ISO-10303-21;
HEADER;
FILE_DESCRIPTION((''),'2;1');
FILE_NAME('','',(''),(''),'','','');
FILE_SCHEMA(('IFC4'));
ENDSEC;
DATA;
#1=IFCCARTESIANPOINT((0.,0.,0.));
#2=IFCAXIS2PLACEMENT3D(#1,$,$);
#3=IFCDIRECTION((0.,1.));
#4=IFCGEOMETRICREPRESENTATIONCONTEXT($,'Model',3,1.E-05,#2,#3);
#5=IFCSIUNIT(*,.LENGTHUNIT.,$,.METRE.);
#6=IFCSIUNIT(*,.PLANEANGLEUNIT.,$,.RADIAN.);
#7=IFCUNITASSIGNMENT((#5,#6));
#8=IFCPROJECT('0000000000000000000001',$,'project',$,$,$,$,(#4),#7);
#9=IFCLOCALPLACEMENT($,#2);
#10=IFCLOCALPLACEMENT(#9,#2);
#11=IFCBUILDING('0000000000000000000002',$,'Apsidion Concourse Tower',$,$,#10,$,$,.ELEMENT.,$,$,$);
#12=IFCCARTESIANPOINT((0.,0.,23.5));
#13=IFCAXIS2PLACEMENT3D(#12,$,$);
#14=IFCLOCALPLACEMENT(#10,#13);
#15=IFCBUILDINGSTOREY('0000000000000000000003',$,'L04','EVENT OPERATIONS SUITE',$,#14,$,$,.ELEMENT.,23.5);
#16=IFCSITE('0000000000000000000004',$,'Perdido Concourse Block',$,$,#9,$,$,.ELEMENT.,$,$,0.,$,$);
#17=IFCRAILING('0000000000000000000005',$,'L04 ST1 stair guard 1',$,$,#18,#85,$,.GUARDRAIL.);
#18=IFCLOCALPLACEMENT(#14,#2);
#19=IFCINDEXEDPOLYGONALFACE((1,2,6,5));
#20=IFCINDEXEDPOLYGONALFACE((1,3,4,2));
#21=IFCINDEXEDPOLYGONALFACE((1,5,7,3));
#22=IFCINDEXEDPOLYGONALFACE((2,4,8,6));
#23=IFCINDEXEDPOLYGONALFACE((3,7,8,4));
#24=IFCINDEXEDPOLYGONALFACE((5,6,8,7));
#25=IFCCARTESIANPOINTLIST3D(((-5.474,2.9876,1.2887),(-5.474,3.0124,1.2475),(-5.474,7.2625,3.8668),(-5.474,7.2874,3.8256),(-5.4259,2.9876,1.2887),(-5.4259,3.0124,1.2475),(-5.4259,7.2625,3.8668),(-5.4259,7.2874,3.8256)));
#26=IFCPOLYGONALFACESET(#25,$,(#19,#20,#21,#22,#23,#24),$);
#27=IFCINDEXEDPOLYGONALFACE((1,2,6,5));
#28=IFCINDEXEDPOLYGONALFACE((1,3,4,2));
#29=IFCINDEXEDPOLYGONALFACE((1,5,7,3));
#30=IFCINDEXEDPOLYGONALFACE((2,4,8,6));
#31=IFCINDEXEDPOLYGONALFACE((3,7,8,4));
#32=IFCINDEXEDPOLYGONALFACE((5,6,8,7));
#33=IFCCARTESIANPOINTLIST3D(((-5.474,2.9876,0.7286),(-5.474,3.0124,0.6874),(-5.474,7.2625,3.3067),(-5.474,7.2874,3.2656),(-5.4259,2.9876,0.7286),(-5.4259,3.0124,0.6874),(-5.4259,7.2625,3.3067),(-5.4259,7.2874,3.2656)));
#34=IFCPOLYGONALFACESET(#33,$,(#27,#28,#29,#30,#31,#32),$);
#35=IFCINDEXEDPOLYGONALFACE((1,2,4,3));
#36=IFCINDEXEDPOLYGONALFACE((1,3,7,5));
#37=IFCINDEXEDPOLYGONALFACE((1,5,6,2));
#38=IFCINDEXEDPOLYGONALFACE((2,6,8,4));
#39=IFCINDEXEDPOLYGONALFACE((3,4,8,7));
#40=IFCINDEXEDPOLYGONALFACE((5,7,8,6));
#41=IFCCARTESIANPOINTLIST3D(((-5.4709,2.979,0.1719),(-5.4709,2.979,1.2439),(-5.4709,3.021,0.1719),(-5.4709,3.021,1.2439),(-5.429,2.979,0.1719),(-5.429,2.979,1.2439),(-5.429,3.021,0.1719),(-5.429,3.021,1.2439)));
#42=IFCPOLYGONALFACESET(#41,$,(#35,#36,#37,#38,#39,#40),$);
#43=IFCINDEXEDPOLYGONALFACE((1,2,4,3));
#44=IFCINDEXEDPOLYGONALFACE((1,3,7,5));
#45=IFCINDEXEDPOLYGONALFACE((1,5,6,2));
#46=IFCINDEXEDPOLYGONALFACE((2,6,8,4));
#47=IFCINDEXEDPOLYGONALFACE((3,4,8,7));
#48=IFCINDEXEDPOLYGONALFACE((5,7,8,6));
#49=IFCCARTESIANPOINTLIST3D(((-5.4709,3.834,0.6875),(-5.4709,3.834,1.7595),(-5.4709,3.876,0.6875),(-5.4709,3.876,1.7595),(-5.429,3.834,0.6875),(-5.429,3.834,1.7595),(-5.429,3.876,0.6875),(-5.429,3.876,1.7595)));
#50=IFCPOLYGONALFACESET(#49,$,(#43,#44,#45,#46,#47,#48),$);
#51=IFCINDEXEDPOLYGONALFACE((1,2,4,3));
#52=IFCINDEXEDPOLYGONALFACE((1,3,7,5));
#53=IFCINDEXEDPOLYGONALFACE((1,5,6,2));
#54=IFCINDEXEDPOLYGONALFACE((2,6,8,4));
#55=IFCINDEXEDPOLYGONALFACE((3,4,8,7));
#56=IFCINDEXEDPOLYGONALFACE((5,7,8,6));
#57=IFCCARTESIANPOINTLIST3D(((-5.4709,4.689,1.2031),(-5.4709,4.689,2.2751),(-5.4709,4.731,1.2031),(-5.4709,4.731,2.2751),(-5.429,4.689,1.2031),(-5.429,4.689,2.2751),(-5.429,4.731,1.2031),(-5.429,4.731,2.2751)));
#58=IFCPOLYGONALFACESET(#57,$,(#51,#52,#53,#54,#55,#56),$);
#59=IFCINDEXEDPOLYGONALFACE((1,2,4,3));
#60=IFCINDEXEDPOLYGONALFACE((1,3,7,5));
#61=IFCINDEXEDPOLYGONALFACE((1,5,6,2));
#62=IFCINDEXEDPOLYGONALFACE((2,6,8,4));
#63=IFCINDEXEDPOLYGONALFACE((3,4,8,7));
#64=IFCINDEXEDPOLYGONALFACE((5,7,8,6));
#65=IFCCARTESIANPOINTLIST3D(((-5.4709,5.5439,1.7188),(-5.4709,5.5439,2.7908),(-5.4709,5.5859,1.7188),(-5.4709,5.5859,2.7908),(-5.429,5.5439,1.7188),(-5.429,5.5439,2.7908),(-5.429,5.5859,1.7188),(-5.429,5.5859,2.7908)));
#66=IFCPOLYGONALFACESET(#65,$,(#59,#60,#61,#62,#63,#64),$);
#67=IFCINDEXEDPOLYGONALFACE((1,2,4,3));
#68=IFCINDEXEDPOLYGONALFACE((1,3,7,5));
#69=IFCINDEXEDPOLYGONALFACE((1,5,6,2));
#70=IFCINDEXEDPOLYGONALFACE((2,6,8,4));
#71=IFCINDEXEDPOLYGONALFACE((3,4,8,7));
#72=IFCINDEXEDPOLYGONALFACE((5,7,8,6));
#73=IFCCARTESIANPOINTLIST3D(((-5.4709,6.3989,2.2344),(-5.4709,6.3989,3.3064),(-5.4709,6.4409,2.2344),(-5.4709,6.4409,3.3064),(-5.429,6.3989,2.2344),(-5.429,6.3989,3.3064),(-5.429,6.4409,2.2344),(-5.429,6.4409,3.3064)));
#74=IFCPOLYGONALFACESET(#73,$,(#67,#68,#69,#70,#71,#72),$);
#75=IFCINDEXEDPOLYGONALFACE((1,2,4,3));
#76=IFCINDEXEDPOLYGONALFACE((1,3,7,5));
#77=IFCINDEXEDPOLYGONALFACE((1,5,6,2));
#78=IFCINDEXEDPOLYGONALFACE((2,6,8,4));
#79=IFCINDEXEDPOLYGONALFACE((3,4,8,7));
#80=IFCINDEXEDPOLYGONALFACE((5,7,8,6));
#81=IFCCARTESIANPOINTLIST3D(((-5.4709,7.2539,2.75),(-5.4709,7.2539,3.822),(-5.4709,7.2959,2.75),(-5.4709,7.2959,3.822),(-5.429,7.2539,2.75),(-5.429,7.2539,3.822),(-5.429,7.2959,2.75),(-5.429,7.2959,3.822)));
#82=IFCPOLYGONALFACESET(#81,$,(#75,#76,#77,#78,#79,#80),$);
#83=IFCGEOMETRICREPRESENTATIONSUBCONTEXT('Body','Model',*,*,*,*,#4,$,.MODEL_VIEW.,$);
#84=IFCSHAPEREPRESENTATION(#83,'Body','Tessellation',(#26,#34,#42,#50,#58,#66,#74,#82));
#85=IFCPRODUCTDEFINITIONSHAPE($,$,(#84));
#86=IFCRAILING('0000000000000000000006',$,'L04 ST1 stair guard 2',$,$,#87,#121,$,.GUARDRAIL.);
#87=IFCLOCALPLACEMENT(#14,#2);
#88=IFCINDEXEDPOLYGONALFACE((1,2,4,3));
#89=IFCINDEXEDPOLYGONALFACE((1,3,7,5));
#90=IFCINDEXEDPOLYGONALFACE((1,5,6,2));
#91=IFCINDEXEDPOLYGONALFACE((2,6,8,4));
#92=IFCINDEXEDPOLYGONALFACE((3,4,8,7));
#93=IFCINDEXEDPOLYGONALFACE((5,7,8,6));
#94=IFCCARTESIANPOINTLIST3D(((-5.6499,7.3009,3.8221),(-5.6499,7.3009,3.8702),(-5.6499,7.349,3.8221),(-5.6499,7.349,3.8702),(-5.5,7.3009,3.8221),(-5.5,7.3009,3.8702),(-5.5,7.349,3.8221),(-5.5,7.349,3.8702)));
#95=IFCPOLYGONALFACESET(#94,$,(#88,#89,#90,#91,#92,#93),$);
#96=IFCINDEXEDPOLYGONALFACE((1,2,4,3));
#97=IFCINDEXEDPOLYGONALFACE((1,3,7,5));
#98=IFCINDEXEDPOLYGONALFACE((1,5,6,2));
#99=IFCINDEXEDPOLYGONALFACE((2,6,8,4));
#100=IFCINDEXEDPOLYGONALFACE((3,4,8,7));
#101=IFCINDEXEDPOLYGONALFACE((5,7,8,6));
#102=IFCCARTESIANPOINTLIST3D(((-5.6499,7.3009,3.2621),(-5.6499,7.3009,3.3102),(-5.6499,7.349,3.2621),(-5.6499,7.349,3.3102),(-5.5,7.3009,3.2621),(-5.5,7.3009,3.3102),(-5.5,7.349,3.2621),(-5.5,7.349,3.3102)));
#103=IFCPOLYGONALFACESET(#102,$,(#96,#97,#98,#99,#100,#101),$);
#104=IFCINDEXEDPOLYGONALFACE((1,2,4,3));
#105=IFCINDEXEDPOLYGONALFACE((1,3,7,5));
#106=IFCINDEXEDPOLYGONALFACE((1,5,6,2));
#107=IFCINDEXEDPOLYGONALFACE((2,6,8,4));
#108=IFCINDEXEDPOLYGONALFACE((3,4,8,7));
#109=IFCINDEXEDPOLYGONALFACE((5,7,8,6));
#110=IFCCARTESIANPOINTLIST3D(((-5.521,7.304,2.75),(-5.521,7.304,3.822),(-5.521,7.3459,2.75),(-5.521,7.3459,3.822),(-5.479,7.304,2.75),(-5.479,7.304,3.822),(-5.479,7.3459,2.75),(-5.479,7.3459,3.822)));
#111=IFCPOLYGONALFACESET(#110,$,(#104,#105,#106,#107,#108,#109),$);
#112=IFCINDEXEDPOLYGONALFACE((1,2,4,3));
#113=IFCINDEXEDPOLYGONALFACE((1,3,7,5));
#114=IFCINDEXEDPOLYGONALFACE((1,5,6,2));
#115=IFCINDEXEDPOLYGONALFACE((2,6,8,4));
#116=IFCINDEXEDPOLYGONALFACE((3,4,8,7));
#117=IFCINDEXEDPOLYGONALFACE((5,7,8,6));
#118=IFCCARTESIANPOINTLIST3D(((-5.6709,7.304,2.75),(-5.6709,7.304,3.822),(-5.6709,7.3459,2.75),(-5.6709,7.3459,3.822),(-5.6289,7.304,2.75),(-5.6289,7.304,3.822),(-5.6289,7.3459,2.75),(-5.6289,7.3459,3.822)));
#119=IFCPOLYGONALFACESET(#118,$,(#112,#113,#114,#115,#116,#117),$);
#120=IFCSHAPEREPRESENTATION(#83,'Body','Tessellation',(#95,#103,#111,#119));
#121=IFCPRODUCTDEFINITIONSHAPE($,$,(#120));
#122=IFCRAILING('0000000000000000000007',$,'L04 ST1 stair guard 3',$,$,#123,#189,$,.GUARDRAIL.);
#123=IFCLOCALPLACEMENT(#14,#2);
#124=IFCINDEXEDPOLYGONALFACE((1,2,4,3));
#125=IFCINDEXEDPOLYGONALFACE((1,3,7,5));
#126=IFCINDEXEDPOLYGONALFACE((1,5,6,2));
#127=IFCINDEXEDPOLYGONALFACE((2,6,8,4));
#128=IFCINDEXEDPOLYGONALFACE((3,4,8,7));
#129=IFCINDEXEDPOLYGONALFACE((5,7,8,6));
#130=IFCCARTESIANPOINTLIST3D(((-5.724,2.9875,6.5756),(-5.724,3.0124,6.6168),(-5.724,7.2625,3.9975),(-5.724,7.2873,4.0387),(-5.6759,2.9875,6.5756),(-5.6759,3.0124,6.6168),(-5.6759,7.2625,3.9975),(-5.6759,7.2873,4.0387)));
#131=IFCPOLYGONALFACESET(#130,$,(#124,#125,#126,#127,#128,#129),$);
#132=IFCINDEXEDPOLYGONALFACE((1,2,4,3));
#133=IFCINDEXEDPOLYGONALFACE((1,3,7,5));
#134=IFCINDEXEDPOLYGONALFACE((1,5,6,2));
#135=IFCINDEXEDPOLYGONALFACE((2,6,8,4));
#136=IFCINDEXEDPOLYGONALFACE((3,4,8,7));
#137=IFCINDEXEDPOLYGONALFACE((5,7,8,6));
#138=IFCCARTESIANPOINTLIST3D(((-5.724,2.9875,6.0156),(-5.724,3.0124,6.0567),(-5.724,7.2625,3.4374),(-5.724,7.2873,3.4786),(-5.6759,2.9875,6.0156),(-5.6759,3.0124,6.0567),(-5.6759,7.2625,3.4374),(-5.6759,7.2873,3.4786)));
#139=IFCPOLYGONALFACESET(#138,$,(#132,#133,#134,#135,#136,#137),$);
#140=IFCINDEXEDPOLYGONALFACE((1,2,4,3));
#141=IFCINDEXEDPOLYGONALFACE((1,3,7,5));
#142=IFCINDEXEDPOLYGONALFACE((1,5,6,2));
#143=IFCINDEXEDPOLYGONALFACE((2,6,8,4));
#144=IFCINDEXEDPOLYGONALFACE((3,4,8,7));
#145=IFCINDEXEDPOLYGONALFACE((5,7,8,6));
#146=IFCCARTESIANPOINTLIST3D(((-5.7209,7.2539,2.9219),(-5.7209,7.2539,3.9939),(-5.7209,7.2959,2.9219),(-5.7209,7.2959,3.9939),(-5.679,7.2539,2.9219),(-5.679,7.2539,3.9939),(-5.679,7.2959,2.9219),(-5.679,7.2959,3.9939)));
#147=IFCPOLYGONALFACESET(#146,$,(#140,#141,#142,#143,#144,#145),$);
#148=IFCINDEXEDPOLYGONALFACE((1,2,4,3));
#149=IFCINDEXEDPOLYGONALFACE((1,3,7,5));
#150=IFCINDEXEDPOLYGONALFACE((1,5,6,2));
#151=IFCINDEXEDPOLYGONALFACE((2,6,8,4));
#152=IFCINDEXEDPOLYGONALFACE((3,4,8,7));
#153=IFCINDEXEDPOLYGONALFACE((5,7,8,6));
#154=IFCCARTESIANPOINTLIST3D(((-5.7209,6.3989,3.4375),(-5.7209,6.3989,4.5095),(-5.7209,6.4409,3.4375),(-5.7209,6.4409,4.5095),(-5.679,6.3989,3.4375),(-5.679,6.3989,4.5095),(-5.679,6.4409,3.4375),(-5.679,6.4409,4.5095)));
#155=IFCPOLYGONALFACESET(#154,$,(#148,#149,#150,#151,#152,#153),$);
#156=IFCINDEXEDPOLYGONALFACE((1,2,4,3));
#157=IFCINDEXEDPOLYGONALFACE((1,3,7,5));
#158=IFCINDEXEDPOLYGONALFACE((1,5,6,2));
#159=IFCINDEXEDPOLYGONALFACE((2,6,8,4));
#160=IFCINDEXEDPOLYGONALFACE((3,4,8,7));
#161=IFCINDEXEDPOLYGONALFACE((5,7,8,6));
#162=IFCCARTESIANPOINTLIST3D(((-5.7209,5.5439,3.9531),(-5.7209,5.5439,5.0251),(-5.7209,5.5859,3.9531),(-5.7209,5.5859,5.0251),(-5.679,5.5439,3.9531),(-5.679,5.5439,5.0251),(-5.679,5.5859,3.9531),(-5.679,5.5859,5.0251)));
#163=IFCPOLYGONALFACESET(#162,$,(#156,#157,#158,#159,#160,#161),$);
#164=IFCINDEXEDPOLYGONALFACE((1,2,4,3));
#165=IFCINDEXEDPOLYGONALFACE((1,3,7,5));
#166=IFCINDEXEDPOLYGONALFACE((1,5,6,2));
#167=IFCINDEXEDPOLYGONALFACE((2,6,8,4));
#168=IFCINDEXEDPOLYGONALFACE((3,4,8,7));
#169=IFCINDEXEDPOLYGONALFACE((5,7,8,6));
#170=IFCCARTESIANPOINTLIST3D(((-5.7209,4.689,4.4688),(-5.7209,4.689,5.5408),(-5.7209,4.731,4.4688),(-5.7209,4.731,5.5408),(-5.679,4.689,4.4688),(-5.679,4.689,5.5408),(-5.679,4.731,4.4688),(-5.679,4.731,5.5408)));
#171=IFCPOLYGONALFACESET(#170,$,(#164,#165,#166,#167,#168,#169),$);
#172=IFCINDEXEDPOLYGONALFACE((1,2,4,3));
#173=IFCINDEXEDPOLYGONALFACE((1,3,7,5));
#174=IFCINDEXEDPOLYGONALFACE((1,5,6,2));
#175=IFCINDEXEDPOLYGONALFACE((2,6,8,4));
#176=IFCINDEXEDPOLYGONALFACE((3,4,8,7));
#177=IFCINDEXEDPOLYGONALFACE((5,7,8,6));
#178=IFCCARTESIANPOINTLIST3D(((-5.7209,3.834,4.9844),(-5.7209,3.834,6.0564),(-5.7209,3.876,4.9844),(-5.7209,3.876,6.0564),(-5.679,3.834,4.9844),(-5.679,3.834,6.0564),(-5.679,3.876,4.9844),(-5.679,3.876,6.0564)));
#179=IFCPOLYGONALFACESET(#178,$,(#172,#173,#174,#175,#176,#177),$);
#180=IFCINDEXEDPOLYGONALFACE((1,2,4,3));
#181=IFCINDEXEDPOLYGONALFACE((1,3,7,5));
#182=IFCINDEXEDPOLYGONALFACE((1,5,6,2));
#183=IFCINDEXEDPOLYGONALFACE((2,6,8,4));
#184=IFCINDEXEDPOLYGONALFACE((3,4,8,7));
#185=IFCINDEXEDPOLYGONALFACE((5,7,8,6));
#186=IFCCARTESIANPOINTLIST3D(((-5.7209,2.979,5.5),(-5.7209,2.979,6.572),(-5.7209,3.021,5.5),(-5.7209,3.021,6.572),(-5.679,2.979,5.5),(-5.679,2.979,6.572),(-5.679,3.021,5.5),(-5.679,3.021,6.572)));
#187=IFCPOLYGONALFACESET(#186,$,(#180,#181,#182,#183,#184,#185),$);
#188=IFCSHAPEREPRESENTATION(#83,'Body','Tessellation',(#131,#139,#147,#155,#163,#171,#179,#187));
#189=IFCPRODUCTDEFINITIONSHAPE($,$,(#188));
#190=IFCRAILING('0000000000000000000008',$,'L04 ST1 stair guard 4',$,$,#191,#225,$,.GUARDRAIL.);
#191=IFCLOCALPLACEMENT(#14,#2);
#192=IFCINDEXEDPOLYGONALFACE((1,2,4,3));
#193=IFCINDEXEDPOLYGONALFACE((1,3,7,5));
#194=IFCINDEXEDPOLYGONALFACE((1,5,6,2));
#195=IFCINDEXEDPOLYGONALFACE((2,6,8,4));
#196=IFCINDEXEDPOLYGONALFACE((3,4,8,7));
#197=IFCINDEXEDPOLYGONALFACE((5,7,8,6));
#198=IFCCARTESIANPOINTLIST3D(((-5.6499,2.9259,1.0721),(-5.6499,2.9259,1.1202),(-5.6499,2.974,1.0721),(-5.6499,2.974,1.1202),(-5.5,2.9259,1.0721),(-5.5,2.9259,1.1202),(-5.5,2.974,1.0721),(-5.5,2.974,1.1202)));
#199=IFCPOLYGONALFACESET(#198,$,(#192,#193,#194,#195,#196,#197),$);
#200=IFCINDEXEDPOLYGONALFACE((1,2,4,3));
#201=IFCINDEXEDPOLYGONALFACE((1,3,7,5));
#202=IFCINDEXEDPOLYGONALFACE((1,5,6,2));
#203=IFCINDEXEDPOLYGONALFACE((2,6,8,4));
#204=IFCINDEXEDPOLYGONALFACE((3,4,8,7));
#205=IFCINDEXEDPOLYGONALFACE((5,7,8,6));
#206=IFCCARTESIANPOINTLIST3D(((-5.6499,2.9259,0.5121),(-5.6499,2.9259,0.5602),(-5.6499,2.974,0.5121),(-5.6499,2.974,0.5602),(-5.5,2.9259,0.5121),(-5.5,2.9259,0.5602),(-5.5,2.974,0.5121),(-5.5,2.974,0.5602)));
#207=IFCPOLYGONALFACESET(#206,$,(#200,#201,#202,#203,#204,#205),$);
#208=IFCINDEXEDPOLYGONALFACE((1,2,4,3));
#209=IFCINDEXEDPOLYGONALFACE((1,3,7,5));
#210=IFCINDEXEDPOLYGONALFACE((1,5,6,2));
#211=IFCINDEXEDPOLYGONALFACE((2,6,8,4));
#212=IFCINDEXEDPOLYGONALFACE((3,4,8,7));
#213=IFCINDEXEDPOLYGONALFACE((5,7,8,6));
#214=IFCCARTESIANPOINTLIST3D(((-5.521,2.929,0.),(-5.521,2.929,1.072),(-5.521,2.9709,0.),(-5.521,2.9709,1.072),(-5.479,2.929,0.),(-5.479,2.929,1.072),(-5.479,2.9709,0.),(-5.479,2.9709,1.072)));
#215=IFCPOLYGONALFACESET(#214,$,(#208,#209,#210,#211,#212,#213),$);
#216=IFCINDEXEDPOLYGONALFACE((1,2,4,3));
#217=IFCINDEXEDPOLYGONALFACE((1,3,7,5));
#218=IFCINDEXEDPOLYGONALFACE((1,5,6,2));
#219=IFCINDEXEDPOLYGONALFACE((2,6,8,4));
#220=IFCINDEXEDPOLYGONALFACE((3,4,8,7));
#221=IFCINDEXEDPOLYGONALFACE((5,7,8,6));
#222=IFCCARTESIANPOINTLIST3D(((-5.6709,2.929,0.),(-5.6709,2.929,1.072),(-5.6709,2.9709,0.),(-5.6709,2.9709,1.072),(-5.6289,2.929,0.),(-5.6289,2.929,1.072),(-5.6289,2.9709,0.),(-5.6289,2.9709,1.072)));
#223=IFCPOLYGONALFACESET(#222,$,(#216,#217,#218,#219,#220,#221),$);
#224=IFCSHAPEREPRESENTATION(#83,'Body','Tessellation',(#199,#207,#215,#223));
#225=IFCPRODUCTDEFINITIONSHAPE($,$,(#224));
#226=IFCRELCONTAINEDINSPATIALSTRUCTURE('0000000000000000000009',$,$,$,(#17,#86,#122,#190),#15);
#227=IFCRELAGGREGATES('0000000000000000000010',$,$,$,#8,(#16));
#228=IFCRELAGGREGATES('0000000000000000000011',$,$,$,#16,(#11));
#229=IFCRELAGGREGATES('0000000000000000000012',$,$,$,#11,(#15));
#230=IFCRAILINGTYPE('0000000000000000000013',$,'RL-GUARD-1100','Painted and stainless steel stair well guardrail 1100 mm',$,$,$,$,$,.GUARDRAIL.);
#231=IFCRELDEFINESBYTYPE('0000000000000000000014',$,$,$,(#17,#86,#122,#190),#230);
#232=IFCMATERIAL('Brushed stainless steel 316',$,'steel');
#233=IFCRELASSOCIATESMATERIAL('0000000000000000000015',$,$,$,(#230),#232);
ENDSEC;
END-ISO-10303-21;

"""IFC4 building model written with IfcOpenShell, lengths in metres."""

from ifc_helpers import new_model, si_unit, direction, frame, origin, origin_2d, place, context, subcontext, project, spatial, rectangle, extrude, material, type_object, element, save


model = new_model("IFC4")

# Units and contexts
model_context = context("Model", 3, precision=1e-05, world=origin(), true_north=direction((0.0, 1.0)))
body_context = subcontext(model_context, "Body", "Model", "MODEL_VIEW")
ifc_project = project(units=[si_unit("LENGTHUNIT", "METRE"), si_unit("PLANEANGLEUNIT", "RADIAN")], contexts=[model_context])

# Site, building, storey
site_placement = place(None, origin())
site = spatial("IfcSite", under=ifc_project, at=site_placement, Name="Perdido Concourse Block", CompositionType="ELEMENT", RefElevation=0.0)
building_placement = place(site_placement, origin())
building = spatial("IfcBuilding", under=site, at=building_placement, Name="Apsidion Concourse Tower", CompositionType="ELEMENT")
storey_placement = place(building_placement, frame((0.0, 0.0, 23.5)))
storey = spatial("IfcBuildingStorey", under=building, at=storey_placement, Name="L04", Description="EVENT OPERATIONS SUITE", CompositionType="ELEMENT", Elevation=23.5)

# Railings
ifc_material_1 = material(Name="Brushed stainless steel 316", Category="steel")
railing_type_1 = type_object("IfcRailingType", Name="RL-GUARD-1100", Description="Painted and stainless steel stair well guardrail 1100 mm", PredefinedType="GUARDRAIL", material=ifc_material_1)
railing_1_placement = place(storey_placement, frame((-5.45, 3.0, 0.1719)))
element("IfcRailing", 1, at=railing_1_placement, inside=storey, type_object=railing_type_1, Name="L04 ST1 stair guard 1", PredefinedType="GUARDRAIL", context=body_context, shape_type="SweptSolid", body=[
    extrude(rectangle(XDim=0.0481, YDim=0.0481, at=origin_2d()), frame((0.0, 0.0, 1.0962), z_axis=(0.0, 0.856326, 0.516436), x_axis=(-1.0, 0.0, 0.0)), (0.0, 0.0, 1.0), 4.9922),
    extrude(rectangle(XDim=0.0481, YDim=0.0481, at=origin_2d()), frame((0.0, 0.0, 0.5361), z_axis=(0.0, 0.856326, 0.516436), x_axis=(-1.0, 0.0, 0.0)), (0.0, 0.0, 1.0), 4.9922),
    extrude(rectangle(XDim=0.042, YDim=0.042, at=origin_2d()), origin(), (0.0, 0.0, 1.0), 1.072),
    extrude(rectangle(XDim=0.042, YDim=0.042, at=origin_2d()), frame((0.0, 0.855, 0.5156)), (0.0, 0.0, 1.0), 1.072),
    extrude(rectangle(XDim=0.042, YDim=0.042, at=origin_2d()), frame((0.0, 1.71, 1.0312)), (0.0, 0.0, 1.0), 1.072),
    extrude(rectangle(XDim=0.042, YDim=0.042, at=origin_2d()), frame((0.0, 2.5649, 1.5469)), (0.0, 0.0, 1.0), 1.072),
    extrude(rectangle(XDim=0.042, YDim=0.042, at=origin_2d()), frame((0.0, 3.4199, 2.0625)), (0.0, 0.0, 1.0), 1.072),
    extrude(rectangle(XDim=0.042, YDim=0.042, at=origin_2d()), frame((0.0, 4.2749, 2.5781)), (0.0, 0.0, 1.0), 1.072),
])
railing_2_placement = place(storey_placement, frame((-5.5, 7.325, 2.75)))
element("IfcRailing", 2, at=railing_2_placement, inside=storey, type_object=railing_type_1, Name="L04 ST1 stair guard 2", PredefinedType="GUARDRAIL", context=body_context, shape_type="SweptSolid", body=[
    extrude(rectangle(XDim=0.0481, YDim=0.0481, at=origin_2d()), frame((0.0, 0.0, 1.0962), z_axis=(-1.0, 0.0, 0.0), x_axis=(0.0, -1.0, 0.0)), (0.0, 0.0, 1.0), 0.1499),
    extrude(rectangle(XDim=0.0481, YDim=0.0481, at=origin_2d()), frame((0.0, 0.0, 0.5361), z_axis=(-1.0, 0.0, 0.0), x_axis=(0.0, -1.0, 0.0)), (0.0, 0.0, 1.0), 0.1499),
    extrude(rectangle(XDim=0.042, YDim=0.042, at=origin_2d()), origin(), (0.0, 0.0, 1.0), 1.072),
    extrude(rectangle(XDim=0.042, YDim=0.042, at=origin_2d()), frame((-0.1499, 0.0, 0.0)), (0.0, 0.0, 1.0), 1.072),
])
railing_3_placement = place(storey_placement, frame((-5.7, 7.2749, 2.9219)))
element("IfcRailing", 3, at=railing_3_placement, inside=storey, type_object=railing_type_1, Name="L04 ST1 stair guard 3", PredefinedType="GUARDRAIL", context=body_context, shape_type="SweptSolid", body=[
    extrude(rectangle(XDim=0.0481, YDim=0.0481, at=origin_2d()), frame((0.0, 0.0, 1.0962), z_axis=(0.0, -0.856326, 0.516436), x_axis=(1.0, 0.0, 0.0)), (0.0, 0.0, 1.0), 4.9922),
    extrude(rectangle(XDim=0.0481, YDim=0.0481, at=origin_2d()), frame((0.0, 0.0, 0.5361), z_axis=(0.0, -0.856326, 0.516436), x_axis=(1.0, 0.0, 0.0)), (0.0, 0.0, 1.0), 4.9922),
    extrude(rectangle(XDim=0.042, YDim=0.042, at=origin_2d()), origin(), (0.0, 0.0, 1.0), 1.072),
    extrude(rectangle(XDim=0.042, YDim=0.042, at=origin_2d()), frame((0.0, -0.855, 0.5156)), (0.0, 0.0, 1.0), 1.072),
    extrude(rectangle(XDim=0.042, YDim=0.042, at=origin_2d()), frame((0.0, -1.71, 1.0312)), (0.0, 0.0, 1.0), 1.072),
    extrude(rectangle(XDim=0.042, YDim=0.042, at=origin_2d()), frame((0.0, -2.5649, 1.5469)), (0.0, 0.0, 1.0), 1.072),
    extrude(rectangle(XDim=0.042, YDim=0.042, at=origin_2d()), frame((0.0, -3.4199, 2.0625)), (0.0, 0.0, 1.0), 1.072),
    extrude(rectangle(XDim=0.042, YDim=0.042, at=origin_2d()), frame((0.0, -4.2749, 2.5781)), (0.0, 0.0, 1.0), 1.072),
])
railing_4_placement = place(storey_placement, frame((-5.5, 2.95, 0.0)))
element("IfcRailing", 4, at=railing_4_placement, inside=storey, type_object=railing_type_1, Name="L04 ST1 stair guard 4", PredefinedType="GUARDRAIL", context=body_context, shape_type="SweptSolid", body=[
    extrude(rectangle(XDim=0.0481, YDim=0.0481, at=origin_2d()), frame((0.0, 0.0, 1.0962), z_axis=(-1.0, 0.0, 0.0), x_axis=(0.0, -1.0, 0.0)), (0.0, 0.0, 1.0), 0.1499),
    extrude(rectangle(XDim=0.0481, YDim=0.0481, at=origin_2d()), frame((0.0, 0.0, 0.5361), z_axis=(-1.0, 0.0, 0.0), x_axis=(0.0, -1.0, 0.0)), (0.0, 0.0, 1.0), 0.1499),
    extrude(rectangle(XDim=0.042, YDim=0.042, at=origin_2d()), origin(), (0.0, 0.0, 1.0), 1.072),
    extrude(rectangle(XDim=0.042, YDim=0.042, at=origin_2d()), frame((-0.1499, 0.0, 0.0)), (0.0, 0.0, 1.0), 1.072),
])

save(model, "model.ifc")
